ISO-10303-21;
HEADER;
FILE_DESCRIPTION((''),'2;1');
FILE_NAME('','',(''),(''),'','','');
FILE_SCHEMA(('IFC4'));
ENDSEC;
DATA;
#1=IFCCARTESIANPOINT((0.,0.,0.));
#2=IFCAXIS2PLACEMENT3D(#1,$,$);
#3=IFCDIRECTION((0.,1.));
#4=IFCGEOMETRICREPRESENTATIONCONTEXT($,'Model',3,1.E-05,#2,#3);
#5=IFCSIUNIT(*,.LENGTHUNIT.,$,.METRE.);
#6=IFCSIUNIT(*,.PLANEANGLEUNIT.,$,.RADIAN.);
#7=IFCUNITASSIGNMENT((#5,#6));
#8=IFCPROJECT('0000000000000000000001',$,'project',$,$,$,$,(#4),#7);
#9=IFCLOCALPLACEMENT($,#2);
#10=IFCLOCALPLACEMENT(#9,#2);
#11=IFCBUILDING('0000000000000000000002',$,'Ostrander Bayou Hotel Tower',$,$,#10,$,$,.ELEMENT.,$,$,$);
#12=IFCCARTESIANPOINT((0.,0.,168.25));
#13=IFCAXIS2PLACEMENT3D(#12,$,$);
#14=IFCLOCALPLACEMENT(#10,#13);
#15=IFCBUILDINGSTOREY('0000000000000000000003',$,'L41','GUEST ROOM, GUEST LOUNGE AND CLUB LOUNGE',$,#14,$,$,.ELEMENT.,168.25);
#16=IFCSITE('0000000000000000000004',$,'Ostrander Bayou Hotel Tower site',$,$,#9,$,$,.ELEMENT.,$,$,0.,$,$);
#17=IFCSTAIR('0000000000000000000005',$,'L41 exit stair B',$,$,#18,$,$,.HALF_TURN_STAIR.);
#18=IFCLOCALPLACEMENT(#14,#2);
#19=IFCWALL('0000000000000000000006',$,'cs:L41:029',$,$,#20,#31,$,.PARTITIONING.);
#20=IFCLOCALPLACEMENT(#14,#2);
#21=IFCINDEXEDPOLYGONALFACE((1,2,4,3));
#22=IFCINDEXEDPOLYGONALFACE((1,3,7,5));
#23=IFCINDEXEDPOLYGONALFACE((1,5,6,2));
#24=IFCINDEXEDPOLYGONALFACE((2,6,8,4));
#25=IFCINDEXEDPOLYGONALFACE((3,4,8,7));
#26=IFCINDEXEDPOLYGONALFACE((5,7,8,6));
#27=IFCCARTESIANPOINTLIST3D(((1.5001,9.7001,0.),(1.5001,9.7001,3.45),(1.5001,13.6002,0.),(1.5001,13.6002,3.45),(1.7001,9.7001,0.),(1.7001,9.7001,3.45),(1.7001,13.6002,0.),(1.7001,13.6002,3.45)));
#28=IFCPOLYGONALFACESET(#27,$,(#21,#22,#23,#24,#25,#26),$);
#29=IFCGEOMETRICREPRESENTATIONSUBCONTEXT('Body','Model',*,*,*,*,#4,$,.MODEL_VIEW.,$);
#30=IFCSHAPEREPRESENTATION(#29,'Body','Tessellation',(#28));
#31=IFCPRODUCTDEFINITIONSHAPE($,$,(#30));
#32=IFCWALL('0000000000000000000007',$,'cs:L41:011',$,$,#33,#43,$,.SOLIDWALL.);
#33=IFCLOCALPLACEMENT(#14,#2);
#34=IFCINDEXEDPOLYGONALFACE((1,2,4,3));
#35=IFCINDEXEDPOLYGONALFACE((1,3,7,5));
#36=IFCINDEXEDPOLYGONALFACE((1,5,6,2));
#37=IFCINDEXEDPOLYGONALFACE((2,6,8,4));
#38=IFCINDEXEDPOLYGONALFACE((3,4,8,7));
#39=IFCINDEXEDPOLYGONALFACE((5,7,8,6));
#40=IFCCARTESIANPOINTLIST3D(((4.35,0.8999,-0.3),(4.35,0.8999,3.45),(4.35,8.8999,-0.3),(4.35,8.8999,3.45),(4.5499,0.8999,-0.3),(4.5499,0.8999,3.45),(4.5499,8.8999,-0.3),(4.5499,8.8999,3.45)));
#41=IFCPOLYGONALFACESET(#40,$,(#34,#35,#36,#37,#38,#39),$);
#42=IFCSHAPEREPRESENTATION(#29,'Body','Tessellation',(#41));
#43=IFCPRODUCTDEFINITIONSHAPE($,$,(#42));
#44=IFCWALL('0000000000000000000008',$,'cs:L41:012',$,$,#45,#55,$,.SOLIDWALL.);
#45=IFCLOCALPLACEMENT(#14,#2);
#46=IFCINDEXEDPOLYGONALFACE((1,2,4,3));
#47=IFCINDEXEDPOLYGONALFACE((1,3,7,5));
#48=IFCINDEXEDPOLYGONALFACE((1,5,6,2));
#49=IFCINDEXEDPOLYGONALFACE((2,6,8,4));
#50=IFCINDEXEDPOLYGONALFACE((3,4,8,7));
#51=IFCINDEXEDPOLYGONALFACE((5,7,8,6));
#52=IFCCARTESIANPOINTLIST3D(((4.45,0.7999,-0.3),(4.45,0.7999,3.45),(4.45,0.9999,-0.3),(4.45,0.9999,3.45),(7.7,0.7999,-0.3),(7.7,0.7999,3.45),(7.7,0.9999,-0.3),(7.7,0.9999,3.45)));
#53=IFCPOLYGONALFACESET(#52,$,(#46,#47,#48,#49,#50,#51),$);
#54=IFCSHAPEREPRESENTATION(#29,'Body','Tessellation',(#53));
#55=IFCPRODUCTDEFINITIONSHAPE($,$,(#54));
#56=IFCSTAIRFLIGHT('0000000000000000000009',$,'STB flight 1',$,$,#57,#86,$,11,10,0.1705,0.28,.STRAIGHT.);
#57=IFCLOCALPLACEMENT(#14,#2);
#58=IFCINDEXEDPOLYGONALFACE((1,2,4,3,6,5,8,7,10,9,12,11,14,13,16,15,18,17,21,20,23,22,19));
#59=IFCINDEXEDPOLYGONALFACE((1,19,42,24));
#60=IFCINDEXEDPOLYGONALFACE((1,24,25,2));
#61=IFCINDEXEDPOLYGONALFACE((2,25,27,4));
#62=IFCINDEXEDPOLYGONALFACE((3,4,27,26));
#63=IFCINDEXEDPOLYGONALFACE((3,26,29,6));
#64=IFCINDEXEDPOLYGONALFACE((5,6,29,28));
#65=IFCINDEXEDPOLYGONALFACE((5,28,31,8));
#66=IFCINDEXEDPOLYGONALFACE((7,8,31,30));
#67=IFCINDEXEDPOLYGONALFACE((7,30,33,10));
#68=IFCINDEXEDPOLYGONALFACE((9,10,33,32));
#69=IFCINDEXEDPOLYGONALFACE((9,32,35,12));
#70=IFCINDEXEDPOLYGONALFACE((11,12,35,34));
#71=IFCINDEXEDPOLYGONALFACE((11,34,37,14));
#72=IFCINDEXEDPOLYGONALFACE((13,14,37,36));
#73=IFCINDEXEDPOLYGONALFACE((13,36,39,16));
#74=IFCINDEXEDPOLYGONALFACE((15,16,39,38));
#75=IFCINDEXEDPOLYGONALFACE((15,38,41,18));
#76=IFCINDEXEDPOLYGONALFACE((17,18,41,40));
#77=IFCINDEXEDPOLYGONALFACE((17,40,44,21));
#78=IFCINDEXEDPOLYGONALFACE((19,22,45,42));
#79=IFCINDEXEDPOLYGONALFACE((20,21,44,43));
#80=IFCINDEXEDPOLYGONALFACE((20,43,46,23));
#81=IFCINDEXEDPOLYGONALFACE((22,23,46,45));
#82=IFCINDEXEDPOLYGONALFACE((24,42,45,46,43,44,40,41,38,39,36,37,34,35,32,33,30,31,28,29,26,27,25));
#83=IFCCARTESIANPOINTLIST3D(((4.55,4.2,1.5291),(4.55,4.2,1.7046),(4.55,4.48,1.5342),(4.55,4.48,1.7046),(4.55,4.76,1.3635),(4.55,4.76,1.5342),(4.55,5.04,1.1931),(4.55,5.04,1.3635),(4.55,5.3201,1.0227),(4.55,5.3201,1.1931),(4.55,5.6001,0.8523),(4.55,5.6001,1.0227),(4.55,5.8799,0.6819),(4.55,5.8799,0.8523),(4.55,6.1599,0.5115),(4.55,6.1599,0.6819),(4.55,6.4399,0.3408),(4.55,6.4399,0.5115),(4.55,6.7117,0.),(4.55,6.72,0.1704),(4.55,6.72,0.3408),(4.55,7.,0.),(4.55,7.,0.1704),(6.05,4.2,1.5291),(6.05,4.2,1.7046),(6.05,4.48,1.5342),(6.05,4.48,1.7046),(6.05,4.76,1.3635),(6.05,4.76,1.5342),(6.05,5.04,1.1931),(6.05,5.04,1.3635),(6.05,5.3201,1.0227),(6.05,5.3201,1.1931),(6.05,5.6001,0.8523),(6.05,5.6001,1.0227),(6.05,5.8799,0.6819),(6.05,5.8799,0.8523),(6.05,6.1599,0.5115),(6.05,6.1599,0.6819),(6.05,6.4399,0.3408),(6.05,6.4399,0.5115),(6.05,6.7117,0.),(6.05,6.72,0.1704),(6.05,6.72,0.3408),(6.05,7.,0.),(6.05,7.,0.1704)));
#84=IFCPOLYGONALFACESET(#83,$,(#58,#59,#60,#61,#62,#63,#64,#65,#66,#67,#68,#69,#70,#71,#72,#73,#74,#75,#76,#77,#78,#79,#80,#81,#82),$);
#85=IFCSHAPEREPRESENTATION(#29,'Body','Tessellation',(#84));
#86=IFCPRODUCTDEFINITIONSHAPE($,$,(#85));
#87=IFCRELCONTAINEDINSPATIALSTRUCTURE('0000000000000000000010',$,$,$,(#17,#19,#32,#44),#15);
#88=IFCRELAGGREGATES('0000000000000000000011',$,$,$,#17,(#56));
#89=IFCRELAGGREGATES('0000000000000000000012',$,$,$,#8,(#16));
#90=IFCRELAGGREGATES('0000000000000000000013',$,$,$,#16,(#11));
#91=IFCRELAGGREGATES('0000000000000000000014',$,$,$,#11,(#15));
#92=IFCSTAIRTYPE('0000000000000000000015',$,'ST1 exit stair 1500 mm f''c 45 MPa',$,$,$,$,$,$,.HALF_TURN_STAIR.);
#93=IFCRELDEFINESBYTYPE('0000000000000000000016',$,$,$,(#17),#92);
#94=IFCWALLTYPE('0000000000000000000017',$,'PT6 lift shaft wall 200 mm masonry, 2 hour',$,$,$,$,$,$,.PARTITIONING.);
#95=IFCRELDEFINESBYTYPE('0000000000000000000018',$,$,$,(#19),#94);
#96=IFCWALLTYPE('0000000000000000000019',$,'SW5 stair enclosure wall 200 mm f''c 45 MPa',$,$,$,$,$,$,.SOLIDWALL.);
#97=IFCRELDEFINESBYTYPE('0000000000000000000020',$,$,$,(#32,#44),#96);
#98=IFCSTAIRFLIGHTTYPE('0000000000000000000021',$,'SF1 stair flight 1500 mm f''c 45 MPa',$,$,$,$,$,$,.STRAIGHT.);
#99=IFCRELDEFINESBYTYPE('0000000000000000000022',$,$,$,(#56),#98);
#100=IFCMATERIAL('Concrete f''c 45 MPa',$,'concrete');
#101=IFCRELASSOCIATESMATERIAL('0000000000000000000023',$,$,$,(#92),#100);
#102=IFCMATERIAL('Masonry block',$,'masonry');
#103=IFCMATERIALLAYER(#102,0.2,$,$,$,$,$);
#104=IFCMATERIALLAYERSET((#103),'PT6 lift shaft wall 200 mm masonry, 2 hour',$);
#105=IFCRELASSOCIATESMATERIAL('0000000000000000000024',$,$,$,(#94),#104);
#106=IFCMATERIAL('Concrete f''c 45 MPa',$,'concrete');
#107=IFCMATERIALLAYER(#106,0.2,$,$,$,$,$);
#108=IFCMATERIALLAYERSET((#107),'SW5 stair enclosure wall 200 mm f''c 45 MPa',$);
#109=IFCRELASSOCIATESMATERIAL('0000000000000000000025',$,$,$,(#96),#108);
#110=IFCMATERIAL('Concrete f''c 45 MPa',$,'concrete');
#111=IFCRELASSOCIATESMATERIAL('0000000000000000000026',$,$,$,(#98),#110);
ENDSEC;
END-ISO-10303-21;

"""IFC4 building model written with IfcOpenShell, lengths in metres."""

from ifc_helpers import new_model, si_unit, direction, frame, frame_2d, origin, place, context, subcontext, project, spatial, polyline, rectangle, outline, extrude, material, layer, layer_set, type_object, element, aggregate, save


model = new_model("IFC4")

# Units and contexts
model_context = context("Model", 3, precision=1e-05, world=origin(), true_north=direction((0.0, 1.0)))
body_context = subcontext(model_context, "Body", "Model", "MODEL_VIEW")
ifc_project = project(units=[si_unit("LENGTHUNIT", "METRE"), si_unit("PLANEANGLEUNIT", "RADIAN")], contexts=[model_context])

# Site, building, storey
site_placement = place(None, origin())
site = spatial("IfcSite", under=ifc_project, at=site_placement, Name="Ostrander Bayou Hotel Tower site", CompositionType="ELEMENT", RefElevation=0.0)
building_placement = place(site_placement, origin())
building = spatial("IfcBuilding", under=site, at=building_placement, Name="Ostrander Bayou Hotel Tower", CompositionType="ELEMENT")
storey_placement = place(building_placement, frame((0.0, 0.0, 168.25)))
storey = spatial("IfcBuildingStorey", under=building, at=storey_placement, Name="L41", Description="GUEST ROOM, GUEST LOUNGE AND CLUB LOUNGE", CompositionType="ELEMENT", Elevation=168.25)

# Stair
ifc_material_1 = material(Name="Concrete f'c 45 MPa", Category="concrete")
stair_type = type_object("IfcStairType", Name="ST1 exit stair 1500 mm f'c 45 MPa", PredefinedType="HALF_TURN_STAIR", material=ifc_material_1)
stair_1_placement = place(storey_placement, origin())
stair_1 = element("IfcStair", 1, at=stair_1_placement, inside=storey, type_object=stair_type, Name="L41 exit stair B", PredefinedType="HALF_TURN_STAIR")

# Shared definitions
ifc_material_2 = material(Name="Masonry block", Category="masonry")
ifc_layer_1 = layer(ifc_material_2, 0.2)
ifc_layer_set_1 = layer_set([ifc_layer_1], Name="PT6 lift shaft wall 200 mm masonry, 2 hour")
wall_type_1 = type_object("IfcWallType", Name="PT6 lift shaft wall 200 mm masonry, 2 hour", PredefinedType="PARTITIONING", material=ifc_layer_set_1)

# Walls
wall_1_placement = place(storey_placement, frame((1.6001, 9.7, 0.0), z_axis=(0.0, 0.0, 1.0), x_axis=(0.0, 1.0, 0.0)))
element("IfcWall", 2, at=wall_1_placement, inside=storey, type_object=wall_type_1, Name="cs:L41:029", PredefinedType="PARTITIONING", context=body_context, shape_type="SweptSolid", body=[
    extrude(rectangle(XDim=3.9001, YDim=0.2, at=frame_2d((1.9502, 0.0))), origin(), (0.0, 0.0, 1.0), 3.45),
])
ifc_material_3 = material(Name="Concrete f'c 45 MPa", Category="concrete")
ifc_layer_2 = layer(ifc_material_3, 0.2)
ifc_layer_set_2 = layer_set([ifc_layer_2], Name="SW5 stair enclosure wall 200 mm f'c 45 MPa")
wall_type_2 = type_object("IfcWallType", Name="SW5 stair enclosure wall 200 mm f'c 45 MPa", PredefinedType="SOLIDWALL", material=ifc_layer_set_2)
wall_2_placement = place(storey_placement, frame((4.45, 0.8999, -0.3), z_axis=(0.0, 0.0, 1.0), x_axis=(0.0, 1.0, 0.0)))
element("IfcWall", 3, at=wall_2_placement, inside=storey, type_object=wall_type_2, Name="cs:L41:011", PredefinedType="SOLIDWALL", context=body_context, shape_type="SweptSolid", body=[
    extrude(rectangle(XDim=8.0, YDim=0.2, at=frame_2d((4.0, 0.0))), origin(), (0.0, 0.0, 1.0), 3.75),
])
wall_3_placement = place(storey_placement, frame((4.45, 0.8999, -0.3), z_axis=(0.0, 0.0, 1.0), x_axis=(1.0, 0.0, 0.0)))
element("IfcWall", 4, at=wall_3_placement, inside=storey, type_object=wall_type_2, Name="cs:L41:012", PredefinedType="SOLIDWALL", context=body_context, shape_type="SweptSolid", body=[
    extrude(rectangle(XDim=3.25, YDim=0.2, at=frame_2d((1.625, 0.0))), origin(), (0.0, 0.0, 1.0), 3.75),
])

# Stair flight
ifc_material_4 = material(Name="Concrete f'c 45 MPa", Category="concrete")
stair_flight_type = type_object("IfcStairFlightType", Name="SF1 stair flight 1500 mm f'c 45 MPa", PredefinedType="STRAIGHT", material=ifc_material_4)
stair_flight_placement = place(storey_placement, frame((5.3, 7.0, 0.0), z_axis=(0.0, 0.0, 1.0), x_axis=(0.0, -1.0, 0.0)))
stair_flight = element("IfcStairFlight", 5, at=stair_flight_placement, type_object=stair_flight_type, Name="STB flight 1", NumberOfRisers=11, NumberOfTreads=10, PredefinedType="STRAIGHT", RiserHeight=0.1705, TreadLength=0.28, context=body_context, shape_type="SweptSolid", body=[
    extrude(outline(polyline([(0.0, 0.0), (0.0, 0.1704), (0.28, 0.1704), (0.28, 0.3408), (0.5601, 0.3408), (0.5601, 0.5115), (0.8401, 0.5115), (0.8401, 0.6819), (1.1201, 0.6819), (1.1201, 0.8523), (1.3999, 0.8523), (1.3999, 1.0227), (1.6799, 1.0227), (1.6799, 1.1931), (1.96, 1.1931), (1.96, 1.3635), (2.24, 1.3635), (2.24, 1.5342), (2.52, 1.5342), (2.52, 1.7046), (2.8, 1.7046), (2.8, 1.875), (2.8, 1.5291), (0.2883, 0.0), (0.0, 0.0)])), frame((0.0, 0.75, 0.0), z_axis=(0.0, -1.0, 0.0), x_axis=(1.0, 0.0, 0.0)), (0.0, 0.0, 1.0), 1.5),
])
aggregate(stair_1, [stair_flight])

save(model, "model.ifc")
